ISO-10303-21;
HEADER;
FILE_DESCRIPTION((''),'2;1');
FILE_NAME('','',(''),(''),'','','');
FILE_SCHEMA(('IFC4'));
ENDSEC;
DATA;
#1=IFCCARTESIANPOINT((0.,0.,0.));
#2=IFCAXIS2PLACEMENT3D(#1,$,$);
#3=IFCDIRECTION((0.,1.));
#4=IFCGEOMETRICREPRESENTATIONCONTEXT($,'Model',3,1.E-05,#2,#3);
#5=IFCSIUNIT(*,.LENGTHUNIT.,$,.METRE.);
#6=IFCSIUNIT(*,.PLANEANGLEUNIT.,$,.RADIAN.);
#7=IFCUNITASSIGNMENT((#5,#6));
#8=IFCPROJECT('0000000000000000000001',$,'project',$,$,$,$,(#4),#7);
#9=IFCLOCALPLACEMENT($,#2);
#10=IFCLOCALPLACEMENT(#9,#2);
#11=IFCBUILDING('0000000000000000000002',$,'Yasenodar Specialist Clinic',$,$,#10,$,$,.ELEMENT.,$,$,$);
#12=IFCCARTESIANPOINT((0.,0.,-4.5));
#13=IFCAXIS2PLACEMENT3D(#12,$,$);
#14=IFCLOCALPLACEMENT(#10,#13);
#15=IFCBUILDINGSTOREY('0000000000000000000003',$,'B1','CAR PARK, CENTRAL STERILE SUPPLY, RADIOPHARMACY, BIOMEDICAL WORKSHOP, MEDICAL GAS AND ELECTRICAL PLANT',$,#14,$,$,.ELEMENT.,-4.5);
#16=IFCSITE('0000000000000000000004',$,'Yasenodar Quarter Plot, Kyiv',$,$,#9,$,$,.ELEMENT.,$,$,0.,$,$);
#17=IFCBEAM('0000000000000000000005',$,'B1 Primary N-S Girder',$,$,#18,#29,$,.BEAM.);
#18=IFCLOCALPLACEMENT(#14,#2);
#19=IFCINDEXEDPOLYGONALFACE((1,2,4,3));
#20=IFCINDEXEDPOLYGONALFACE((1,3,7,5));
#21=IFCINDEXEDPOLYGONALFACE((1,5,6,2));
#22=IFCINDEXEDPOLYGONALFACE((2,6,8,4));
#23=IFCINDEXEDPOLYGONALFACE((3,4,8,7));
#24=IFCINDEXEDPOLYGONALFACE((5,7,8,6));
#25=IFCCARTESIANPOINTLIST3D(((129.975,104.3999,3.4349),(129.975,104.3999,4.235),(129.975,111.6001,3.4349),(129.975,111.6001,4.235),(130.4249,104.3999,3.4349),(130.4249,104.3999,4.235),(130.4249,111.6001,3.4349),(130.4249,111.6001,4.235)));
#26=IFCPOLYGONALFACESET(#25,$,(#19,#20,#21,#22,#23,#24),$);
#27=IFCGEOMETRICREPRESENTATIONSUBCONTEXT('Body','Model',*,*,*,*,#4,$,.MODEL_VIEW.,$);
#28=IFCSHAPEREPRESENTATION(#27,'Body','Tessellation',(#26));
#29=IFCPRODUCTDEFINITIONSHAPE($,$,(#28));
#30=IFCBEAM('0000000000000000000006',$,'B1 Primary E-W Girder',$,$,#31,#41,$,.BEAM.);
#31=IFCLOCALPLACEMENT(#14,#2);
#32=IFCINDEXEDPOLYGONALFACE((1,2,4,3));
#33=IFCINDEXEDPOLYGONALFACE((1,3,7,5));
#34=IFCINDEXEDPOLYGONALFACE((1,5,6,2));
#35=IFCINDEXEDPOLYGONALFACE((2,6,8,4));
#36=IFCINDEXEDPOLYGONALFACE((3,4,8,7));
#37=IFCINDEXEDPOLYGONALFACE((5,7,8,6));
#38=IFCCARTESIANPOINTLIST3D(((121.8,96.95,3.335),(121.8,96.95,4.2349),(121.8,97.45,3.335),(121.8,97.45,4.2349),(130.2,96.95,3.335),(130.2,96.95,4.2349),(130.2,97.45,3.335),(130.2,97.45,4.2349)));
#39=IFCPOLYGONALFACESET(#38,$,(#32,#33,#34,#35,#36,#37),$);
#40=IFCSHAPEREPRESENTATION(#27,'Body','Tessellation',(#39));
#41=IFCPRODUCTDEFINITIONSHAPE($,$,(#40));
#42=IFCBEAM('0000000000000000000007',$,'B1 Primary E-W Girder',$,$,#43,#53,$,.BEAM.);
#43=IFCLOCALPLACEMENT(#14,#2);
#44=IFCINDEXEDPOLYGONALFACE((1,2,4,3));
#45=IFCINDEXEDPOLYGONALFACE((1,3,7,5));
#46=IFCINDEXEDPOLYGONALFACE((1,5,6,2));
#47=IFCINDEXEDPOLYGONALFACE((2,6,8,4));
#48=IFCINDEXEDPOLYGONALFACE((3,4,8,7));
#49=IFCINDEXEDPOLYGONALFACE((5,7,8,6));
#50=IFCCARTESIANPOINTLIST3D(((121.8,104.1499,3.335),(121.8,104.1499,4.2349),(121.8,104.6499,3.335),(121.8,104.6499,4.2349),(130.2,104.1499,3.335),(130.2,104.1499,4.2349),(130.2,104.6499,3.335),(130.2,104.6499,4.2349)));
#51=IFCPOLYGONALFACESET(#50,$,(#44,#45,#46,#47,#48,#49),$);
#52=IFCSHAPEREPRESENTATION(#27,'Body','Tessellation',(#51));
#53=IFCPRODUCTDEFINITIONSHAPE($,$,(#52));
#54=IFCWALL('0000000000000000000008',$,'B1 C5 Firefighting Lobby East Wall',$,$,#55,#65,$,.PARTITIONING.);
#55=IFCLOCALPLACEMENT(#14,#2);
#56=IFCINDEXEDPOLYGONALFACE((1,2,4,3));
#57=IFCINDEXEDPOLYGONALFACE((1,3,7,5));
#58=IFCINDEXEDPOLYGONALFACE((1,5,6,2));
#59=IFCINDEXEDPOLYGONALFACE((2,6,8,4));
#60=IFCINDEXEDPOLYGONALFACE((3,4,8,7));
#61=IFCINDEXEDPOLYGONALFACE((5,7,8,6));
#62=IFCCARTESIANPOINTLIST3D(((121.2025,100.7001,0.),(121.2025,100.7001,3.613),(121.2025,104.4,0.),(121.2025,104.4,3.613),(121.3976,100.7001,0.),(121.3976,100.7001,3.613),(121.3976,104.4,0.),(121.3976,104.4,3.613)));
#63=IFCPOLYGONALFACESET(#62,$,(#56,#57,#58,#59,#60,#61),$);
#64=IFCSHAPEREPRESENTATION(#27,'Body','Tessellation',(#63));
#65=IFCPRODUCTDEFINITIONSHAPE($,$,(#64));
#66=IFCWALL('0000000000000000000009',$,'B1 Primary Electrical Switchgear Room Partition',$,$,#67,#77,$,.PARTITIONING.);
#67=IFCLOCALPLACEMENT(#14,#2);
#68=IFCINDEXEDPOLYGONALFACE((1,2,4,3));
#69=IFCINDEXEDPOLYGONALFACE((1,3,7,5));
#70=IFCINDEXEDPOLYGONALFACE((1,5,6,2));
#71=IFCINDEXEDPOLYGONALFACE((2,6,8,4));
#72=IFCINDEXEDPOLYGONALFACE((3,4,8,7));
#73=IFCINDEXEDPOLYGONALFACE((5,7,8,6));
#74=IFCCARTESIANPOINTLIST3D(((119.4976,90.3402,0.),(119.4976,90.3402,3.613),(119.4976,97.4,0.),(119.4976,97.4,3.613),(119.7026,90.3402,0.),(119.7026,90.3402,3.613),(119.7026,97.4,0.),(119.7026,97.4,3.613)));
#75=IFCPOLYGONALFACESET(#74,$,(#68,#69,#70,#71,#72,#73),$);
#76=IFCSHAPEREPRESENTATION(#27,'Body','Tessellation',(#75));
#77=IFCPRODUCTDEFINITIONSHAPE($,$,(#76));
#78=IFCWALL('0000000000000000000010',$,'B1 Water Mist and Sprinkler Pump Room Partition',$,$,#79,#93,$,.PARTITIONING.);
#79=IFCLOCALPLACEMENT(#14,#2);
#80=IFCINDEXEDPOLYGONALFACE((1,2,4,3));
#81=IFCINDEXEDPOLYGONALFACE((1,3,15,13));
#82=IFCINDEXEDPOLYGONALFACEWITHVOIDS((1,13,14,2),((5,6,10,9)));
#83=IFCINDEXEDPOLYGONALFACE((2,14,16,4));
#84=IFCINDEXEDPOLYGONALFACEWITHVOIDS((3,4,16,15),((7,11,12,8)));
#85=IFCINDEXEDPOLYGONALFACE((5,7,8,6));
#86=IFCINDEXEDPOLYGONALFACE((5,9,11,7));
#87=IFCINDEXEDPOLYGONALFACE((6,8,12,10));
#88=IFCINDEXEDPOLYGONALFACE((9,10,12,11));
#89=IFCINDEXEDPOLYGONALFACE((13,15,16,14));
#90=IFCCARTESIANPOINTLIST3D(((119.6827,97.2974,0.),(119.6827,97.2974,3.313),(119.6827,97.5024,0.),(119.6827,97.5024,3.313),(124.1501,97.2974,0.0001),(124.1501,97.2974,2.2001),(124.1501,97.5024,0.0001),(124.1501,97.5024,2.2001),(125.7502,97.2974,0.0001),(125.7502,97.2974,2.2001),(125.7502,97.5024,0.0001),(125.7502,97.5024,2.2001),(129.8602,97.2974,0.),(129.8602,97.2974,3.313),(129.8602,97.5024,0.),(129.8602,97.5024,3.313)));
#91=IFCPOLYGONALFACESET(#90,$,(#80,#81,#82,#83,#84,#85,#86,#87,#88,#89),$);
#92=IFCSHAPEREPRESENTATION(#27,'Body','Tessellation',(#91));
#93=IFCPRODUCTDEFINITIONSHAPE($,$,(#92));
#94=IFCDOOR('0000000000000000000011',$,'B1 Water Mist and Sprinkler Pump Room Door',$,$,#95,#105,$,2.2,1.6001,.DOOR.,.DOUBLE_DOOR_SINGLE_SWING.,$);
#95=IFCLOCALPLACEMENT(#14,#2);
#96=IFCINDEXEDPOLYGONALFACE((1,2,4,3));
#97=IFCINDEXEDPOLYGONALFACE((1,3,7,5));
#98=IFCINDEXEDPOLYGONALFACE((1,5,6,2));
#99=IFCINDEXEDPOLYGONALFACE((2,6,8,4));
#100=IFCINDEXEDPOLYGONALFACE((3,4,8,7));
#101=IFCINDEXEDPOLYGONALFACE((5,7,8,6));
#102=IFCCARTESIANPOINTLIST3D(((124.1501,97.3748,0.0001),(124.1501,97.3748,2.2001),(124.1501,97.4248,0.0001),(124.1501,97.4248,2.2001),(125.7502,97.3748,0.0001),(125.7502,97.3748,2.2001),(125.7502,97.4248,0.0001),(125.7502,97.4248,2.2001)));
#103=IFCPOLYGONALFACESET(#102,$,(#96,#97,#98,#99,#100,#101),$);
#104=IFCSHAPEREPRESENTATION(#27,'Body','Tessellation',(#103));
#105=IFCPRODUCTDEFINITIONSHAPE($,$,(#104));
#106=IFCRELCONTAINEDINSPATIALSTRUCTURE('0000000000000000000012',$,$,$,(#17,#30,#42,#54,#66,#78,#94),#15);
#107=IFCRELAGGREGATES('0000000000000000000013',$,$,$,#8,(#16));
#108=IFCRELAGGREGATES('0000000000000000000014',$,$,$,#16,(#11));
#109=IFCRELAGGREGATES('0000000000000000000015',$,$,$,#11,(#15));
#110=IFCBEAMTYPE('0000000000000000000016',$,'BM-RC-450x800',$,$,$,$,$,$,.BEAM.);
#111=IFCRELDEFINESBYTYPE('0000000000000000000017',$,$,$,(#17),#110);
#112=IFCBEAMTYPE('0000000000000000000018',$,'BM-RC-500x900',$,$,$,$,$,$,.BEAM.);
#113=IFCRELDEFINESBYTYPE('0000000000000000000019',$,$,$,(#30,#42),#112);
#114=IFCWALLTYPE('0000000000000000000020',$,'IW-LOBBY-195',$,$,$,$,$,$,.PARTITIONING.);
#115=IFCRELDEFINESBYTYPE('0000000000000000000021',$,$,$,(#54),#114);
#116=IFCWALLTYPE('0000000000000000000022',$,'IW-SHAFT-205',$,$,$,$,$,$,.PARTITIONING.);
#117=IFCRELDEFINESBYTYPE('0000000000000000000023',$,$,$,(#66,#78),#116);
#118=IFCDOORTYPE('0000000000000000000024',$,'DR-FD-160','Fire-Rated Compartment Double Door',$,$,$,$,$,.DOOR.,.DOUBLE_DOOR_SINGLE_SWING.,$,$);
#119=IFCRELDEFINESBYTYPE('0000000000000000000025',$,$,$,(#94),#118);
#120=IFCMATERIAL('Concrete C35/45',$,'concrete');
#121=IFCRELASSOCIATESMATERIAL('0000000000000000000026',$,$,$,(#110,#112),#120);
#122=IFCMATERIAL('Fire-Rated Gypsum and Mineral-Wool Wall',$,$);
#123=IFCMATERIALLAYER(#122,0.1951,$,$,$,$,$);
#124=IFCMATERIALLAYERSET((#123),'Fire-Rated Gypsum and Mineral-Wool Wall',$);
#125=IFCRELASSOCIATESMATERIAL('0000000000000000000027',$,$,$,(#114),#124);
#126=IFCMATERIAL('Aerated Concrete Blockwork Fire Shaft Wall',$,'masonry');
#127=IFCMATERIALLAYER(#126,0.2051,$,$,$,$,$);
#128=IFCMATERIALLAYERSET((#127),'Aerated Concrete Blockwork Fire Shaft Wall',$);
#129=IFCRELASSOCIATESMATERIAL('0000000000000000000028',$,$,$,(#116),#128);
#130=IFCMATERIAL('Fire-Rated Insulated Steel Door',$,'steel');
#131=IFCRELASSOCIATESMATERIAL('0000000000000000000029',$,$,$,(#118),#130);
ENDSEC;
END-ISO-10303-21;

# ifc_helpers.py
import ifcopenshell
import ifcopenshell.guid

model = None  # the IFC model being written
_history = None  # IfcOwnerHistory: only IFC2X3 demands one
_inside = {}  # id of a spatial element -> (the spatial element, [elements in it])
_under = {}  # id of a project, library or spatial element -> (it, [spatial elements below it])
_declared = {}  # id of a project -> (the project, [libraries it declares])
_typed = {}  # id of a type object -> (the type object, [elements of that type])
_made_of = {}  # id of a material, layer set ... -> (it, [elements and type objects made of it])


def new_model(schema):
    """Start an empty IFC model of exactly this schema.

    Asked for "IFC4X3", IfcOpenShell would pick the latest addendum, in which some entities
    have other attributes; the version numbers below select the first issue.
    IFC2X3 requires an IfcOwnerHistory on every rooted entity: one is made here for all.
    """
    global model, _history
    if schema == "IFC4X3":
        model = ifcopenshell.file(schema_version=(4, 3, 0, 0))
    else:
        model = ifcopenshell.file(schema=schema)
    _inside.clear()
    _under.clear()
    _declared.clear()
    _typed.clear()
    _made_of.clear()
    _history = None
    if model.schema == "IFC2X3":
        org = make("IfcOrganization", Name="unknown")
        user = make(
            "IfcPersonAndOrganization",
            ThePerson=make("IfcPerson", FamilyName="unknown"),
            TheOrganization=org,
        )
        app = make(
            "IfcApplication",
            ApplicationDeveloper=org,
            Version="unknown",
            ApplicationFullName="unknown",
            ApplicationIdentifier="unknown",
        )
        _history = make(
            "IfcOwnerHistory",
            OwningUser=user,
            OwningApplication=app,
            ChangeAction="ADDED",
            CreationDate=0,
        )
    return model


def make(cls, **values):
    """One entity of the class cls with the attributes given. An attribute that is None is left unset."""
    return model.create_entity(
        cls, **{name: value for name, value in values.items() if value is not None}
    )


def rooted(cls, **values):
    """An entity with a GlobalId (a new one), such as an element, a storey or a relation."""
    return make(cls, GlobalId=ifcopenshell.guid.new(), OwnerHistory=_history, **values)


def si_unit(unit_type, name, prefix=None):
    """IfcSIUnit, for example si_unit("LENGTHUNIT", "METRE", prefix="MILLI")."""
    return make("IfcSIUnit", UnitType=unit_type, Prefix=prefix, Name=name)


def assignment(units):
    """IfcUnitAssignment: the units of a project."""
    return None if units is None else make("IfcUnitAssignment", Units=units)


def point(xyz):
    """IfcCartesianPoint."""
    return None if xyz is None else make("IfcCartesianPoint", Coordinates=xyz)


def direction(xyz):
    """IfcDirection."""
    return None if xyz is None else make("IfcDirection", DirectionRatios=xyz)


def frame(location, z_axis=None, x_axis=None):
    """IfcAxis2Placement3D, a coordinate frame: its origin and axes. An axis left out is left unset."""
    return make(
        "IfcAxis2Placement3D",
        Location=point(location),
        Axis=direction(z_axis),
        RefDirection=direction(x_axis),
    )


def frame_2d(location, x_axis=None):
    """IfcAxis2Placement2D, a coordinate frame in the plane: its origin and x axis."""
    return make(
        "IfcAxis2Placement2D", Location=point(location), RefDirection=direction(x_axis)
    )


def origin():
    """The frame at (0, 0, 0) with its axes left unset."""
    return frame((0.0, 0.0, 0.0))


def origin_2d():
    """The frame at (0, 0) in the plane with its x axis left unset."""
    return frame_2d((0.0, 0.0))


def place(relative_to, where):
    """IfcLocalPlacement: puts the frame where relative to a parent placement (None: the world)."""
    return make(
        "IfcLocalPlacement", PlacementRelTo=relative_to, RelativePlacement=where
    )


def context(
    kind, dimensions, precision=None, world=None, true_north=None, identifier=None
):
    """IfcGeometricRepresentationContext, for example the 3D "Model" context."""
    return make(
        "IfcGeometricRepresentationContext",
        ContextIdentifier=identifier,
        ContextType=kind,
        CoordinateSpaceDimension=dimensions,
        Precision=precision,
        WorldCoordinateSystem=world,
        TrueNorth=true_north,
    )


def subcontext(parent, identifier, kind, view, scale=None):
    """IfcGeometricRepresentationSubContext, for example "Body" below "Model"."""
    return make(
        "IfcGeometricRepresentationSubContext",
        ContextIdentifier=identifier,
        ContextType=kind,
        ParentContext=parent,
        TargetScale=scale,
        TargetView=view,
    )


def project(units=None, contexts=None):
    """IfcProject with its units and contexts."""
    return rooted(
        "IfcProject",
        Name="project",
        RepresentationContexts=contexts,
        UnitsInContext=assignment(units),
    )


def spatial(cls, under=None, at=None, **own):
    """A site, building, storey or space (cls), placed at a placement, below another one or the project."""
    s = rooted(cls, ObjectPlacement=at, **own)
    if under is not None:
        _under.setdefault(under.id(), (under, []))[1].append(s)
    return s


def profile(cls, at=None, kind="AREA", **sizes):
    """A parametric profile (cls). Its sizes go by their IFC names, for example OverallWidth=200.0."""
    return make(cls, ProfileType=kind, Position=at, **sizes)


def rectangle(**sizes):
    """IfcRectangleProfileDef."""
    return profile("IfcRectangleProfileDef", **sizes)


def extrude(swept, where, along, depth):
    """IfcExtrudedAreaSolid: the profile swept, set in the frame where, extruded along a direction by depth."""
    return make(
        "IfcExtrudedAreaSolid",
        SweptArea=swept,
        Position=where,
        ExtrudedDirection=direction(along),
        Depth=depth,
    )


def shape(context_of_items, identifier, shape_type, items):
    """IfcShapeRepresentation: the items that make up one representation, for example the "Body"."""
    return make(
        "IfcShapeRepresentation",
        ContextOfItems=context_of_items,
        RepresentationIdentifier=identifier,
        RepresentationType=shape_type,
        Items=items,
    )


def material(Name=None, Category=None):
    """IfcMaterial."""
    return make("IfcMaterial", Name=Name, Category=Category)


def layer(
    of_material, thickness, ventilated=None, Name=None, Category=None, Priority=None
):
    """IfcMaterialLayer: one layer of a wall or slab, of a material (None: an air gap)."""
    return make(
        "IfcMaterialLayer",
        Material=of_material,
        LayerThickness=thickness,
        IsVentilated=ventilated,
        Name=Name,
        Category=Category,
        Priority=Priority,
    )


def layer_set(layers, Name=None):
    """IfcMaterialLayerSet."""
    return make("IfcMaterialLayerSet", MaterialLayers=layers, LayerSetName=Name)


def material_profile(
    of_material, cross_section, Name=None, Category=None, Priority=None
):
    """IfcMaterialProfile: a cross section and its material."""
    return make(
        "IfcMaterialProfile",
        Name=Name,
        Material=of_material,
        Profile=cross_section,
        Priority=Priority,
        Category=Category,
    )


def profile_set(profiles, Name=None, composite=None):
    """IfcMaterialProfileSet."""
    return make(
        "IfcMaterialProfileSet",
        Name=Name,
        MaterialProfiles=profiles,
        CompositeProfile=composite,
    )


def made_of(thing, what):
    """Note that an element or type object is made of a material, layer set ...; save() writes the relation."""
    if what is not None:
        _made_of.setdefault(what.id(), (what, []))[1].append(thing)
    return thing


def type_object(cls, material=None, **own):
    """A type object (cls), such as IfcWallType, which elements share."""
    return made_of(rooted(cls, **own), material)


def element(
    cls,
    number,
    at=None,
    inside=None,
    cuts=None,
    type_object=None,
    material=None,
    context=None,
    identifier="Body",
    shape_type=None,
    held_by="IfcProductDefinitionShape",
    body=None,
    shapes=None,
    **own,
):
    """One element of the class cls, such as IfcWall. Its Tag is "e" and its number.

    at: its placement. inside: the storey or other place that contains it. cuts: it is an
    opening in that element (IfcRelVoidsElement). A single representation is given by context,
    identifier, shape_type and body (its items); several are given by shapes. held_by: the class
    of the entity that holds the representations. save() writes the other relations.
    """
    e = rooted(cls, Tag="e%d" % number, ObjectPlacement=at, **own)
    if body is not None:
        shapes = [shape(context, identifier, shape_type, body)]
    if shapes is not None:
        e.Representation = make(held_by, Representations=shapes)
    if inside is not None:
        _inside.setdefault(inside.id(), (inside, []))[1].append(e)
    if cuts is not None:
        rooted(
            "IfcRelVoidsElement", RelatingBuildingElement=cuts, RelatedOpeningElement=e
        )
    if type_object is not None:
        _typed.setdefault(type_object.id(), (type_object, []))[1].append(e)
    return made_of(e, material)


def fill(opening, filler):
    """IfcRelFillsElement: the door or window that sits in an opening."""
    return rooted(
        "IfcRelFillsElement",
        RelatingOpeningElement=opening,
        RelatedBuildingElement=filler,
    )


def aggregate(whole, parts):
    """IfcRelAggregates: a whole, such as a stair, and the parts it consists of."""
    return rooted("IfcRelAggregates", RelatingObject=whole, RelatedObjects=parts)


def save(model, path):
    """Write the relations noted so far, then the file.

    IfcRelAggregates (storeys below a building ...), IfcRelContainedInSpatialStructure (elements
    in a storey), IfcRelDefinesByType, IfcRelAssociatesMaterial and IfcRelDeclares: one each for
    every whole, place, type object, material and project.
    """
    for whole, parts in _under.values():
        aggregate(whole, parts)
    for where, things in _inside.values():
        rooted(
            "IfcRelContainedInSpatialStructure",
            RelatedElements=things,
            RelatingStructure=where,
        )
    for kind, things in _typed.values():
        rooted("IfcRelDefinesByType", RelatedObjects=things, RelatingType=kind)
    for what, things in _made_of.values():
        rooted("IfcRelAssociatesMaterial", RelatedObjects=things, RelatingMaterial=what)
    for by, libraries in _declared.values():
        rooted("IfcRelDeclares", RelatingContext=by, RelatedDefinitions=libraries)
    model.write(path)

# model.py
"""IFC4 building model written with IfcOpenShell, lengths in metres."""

from ifc_helpers import new_model, si_unit, direction, frame, frame_2d, origin, origin_2d, place, context, subcontext, project, spatial, rectangle, extrude, material, layer, layer_set, material_profile, profile_set, type_object, element, fill, save


model = new_model("IFC4")

# Units and contexts
model_context = context("Model", 3, precision=1e-05, world=origin(), true_north=direction((0.0, 1.0)))
body_context = subcontext(model_context, "Body", "Model", "MODEL_VIEW")
ifc_project = project(units=[si_unit("LENGTHUNIT", "METRE"), si_unit("PLANEANGLEUNIT", "RADIAN")], contexts=[model_context])

# Site, building, storey
site_placement = place(None, origin())
site = spatial("IfcSite", under=ifc_project, at=site_placement, Name="Yasenodar Quarter Plot, Kyiv", CompositionType="ELEMENT", RefElevation=0.0)
building_placement = place(site_placement, origin())
building = spatial("IfcBuilding", under=site, at=building_placement, Name="Yasenodar Specialist Clinic", CompositionType="ELEMENT")
storey_placement = place(building_placement, frame((0.0, 0.0, -4.5)))
storey = spatial("IfcBuildingStorey", under=building, at=storey_placement, Name="B1", Description="CAR PARK, CENTRAL STERILE SUPPLY, RADIOPHARMACY, BIOMEDICAL WORKSHOP, MEDICAL GAS AND ELECTRICAL PLANT", CompositionType="ELEMENT", Elevation=-4.5)

# Shared definitions
ifc_material_1 = material(Name="Concrete C35/45", Category="concrete")

# Beams
ifc_material_profile_1 = material_profile(ifc_material_1, rectangle(XDim=0.45, YDim=0.8, at=origin_2d()), Name="RC 450x800")
ifc_profile_set_1 = profile_set([ifc_material_profile_1], Name="Concrete C35/45")
beam_type_1 = type_object("IfcBeamType", Name="BM-RC-450x800", PredefinedType="BEAM", material=ifc_profile_set_1)
beam_1_placement = place(storey_placement, frame((130.2, 104.3999, 3.835), z_axis=(0.0, 1.0, 0.0), x_axis=(-1.0, 0.0, 0.0)))
element("IfcBeam", 1, at=beam_1_placement, inside=storey, type_object=beam_type_1, Name="B1 Primary N-S Girder", PredefinedType="BEAM", context=body_context, shape_type="SweptSolid", body=[
    extrude(rectangle(XDim=0.45, YDim=0.8, at=origin_2d()), origin(), (0.0, 0.0, 1.0), 7.2002),
])
ifc_material_profile_2 = material_profile(ifc_material_1, rectangle(XDim=0.5, YDim=0.8999, at=origin_2d()), Name="RC 500x900")
ifc_profile_set_2 = profile_set([ifc_material_profile_2], Name="Concrete C35/45")
beam_type_2 = type_object("IfcBeamType", Name="BM-RC-500x900", PredefinedType="BEAM", material=ifc_profile_set_2)
for number, where, z_axis, x_axis, name in (
    (2, (121.8, 97.2, 3.7849), (1.0, 0.0, 0.0), (0.0, 1.0, 0.0), "B1 Primary E-W Girder"),
    (3, (121.8, 104.3999, 3.7849), (1.0, 0.0, 0.0), (0.0, 1.0, 0.0), "B1 Primary E-W Girder"),
):
    element("IfcBeam", number, at=place(storey_placement, frame(where, z_axis=z_axis, x_axis=x_axis)), inside=storey, type_object=beam_type_2, Name=name, PredefinedType="BEAM", context=body_context, shape_type="SweptSolid", body=[
        extrude(rectangle(XDim=0.5, YDim=0.8999, at=origin_2d()), origin(), (0.0, 0.0, 1.0), 8.3999),
    ])

# Walls
ifc_material_2 = material(Name="Fire-Rated Gypsum and Mineral-Wool Wall")
ifc_layer_1 = layer(ifc_material_2, 0.1951)
ifc_layer_set_1 = layer_set([ifc_layer_1], Name="Fire-Rated Gypsum and Mineral-Wool Wall")
wall_type_1 = type_object("IfcWallType", Name="IW-LOBBY-195", PredefinedType="PARTITIONING", material=ifc_layer_set_1)
wall_1_placement = place(storey_placement, frame((121.3, 100.7, 0.0), z_axis=(0.0, 0.0, 1.0), x_axis=(0.0, 1.0, 0.0)))
element("IfcWall", 4, at=wall_1_placement, inside=storey, type_object=wall_type_1, Name="B1 C5 Firefighting Lobby East Wall", PredefinedType="PARTITIONING", context=body_context, shape_type="SweptSolid", body=[
    extrude(rectangle(XDim=3.7, YDim=0.1951, at=frame_2d((1.8501, 0.0))), origin(), (0.0, 0.0, 1.0), 3.613),
])
ifc_material_3 = material(Name="Aerated Concrete Blockwork Fire Shaft Wall", Category="masonry")
ifc_layer_2 = layer(ifc_material_3, 0.2051)
ifc_layer_set_2 = layer_set([ifc_layer_2], Name="Aerated Concrete Blockwork Fire Shaft Wall")
wall_type_2 = type_object("IfcWallType", Name="IW-SHAFT-205", PredefinedType="PARTITIONING", material=ifc_layer_set_2)
wall_2_placement = place(storey_placement, frame((119.6001, 97.3999, 0.0), z_axis=(0.0, 0.0, 1.0), x_axis=(0.0, -1.0, 0.0)))
element("IfcWall", 5, at=wall_2_placement, inside=storey, type_object=wall_type_2, Name="B1 Primary Electrical Switchgear Room Partition", PredefinedType="PARTITIONING", context=body_context, shape_type="SweptSolid", body=[
    extrude(rectangle(XDim=7.0598, YDim=0.2051, at=frame_2d((3.5298, 0.0))), origin(), (0.0, 0.0, 1.0), 3.613),
])

# Wall, opening, door
wall_3_placement = place(storey_placement, frame((119.6826, 97.3999, 0.0), z_axis=(0.0, 0.0, 1.0), x_axis=(1.0, 0.0, 0.0)))
wall_3 = element("IfcWall", 6, at=wall_3_placement, inside=storey, type_object=wall_type_2, Name="B1 Water Mist and Sprinkler Pump Room Partition", PredefinedType="PARTITIONING", context=body_context, shape_type="SweptSolid", body=[
    extrude(rectangle(XDim=10.1775, YDim=0.2051, at=frame_2d((5.0889, 0.0))), origin(), (0.0, 0.0, 1.0), 3.313),
])
opening_placement = place(wall_3_placement, frame((4.4675, 0.0, 0.0)))
opening = element("IfcOpeningElement", 7, at=opening_placement, cuts=wall_3, PredefinedType="OPENING", context=body_context, shape_type="SweptSolid", body=[
    extrude(rectangle(XDim=1.6001, YDim=2.2, at=frame_2d((0.8, 1.1001))), frame((0.0, 0.1125, 0.0), z_axis=(0.0, -1.0, 0.0), x_axis=(1.0, 0.0, 0.0)), (0.0, 0.0, 1.0), 0.2251),
])
ifc_material_4 = material(Name="Fire-Rated Insulated Steel Door", Category="steel")
door_type = type_object("IfcDoorType", Name="DR-FD-160", Description="Fire-Rated Compartment Double Door", OperationType="DOUBLE_DOOR_SINGLE_SWING", PredefinedType="DOOR", material=ifc_material_4)
door_placement = place(opening_placement, origin())
door = element("IfcDoor", 8, at=door_placement, inside=storey, type_object=door_type, Name="B1 Water Mist and Sprinkler Pump Room Door", OperationType="DOUBLE_DOOR_SINGLE_SWING", OverallHeight=2.2, OverallWidth=1.6001, PredefinedType="DOOR", context=body_context, shape_type="SweptSolid", body=[
    extrude(rectangle(XDim=1.6001, YDim=2.2, at=frame_2d((0.8, 1.1001))), frame((0.0, 0.0249, 0.0), z_axis=(0.0, -1.0, 0.0), x_axis=(1.0, 0.0, 0.0)), (0.0, 0.0, 1.0), 0.05),
])
fill(opening, door)

save(model, "model.ifc")
